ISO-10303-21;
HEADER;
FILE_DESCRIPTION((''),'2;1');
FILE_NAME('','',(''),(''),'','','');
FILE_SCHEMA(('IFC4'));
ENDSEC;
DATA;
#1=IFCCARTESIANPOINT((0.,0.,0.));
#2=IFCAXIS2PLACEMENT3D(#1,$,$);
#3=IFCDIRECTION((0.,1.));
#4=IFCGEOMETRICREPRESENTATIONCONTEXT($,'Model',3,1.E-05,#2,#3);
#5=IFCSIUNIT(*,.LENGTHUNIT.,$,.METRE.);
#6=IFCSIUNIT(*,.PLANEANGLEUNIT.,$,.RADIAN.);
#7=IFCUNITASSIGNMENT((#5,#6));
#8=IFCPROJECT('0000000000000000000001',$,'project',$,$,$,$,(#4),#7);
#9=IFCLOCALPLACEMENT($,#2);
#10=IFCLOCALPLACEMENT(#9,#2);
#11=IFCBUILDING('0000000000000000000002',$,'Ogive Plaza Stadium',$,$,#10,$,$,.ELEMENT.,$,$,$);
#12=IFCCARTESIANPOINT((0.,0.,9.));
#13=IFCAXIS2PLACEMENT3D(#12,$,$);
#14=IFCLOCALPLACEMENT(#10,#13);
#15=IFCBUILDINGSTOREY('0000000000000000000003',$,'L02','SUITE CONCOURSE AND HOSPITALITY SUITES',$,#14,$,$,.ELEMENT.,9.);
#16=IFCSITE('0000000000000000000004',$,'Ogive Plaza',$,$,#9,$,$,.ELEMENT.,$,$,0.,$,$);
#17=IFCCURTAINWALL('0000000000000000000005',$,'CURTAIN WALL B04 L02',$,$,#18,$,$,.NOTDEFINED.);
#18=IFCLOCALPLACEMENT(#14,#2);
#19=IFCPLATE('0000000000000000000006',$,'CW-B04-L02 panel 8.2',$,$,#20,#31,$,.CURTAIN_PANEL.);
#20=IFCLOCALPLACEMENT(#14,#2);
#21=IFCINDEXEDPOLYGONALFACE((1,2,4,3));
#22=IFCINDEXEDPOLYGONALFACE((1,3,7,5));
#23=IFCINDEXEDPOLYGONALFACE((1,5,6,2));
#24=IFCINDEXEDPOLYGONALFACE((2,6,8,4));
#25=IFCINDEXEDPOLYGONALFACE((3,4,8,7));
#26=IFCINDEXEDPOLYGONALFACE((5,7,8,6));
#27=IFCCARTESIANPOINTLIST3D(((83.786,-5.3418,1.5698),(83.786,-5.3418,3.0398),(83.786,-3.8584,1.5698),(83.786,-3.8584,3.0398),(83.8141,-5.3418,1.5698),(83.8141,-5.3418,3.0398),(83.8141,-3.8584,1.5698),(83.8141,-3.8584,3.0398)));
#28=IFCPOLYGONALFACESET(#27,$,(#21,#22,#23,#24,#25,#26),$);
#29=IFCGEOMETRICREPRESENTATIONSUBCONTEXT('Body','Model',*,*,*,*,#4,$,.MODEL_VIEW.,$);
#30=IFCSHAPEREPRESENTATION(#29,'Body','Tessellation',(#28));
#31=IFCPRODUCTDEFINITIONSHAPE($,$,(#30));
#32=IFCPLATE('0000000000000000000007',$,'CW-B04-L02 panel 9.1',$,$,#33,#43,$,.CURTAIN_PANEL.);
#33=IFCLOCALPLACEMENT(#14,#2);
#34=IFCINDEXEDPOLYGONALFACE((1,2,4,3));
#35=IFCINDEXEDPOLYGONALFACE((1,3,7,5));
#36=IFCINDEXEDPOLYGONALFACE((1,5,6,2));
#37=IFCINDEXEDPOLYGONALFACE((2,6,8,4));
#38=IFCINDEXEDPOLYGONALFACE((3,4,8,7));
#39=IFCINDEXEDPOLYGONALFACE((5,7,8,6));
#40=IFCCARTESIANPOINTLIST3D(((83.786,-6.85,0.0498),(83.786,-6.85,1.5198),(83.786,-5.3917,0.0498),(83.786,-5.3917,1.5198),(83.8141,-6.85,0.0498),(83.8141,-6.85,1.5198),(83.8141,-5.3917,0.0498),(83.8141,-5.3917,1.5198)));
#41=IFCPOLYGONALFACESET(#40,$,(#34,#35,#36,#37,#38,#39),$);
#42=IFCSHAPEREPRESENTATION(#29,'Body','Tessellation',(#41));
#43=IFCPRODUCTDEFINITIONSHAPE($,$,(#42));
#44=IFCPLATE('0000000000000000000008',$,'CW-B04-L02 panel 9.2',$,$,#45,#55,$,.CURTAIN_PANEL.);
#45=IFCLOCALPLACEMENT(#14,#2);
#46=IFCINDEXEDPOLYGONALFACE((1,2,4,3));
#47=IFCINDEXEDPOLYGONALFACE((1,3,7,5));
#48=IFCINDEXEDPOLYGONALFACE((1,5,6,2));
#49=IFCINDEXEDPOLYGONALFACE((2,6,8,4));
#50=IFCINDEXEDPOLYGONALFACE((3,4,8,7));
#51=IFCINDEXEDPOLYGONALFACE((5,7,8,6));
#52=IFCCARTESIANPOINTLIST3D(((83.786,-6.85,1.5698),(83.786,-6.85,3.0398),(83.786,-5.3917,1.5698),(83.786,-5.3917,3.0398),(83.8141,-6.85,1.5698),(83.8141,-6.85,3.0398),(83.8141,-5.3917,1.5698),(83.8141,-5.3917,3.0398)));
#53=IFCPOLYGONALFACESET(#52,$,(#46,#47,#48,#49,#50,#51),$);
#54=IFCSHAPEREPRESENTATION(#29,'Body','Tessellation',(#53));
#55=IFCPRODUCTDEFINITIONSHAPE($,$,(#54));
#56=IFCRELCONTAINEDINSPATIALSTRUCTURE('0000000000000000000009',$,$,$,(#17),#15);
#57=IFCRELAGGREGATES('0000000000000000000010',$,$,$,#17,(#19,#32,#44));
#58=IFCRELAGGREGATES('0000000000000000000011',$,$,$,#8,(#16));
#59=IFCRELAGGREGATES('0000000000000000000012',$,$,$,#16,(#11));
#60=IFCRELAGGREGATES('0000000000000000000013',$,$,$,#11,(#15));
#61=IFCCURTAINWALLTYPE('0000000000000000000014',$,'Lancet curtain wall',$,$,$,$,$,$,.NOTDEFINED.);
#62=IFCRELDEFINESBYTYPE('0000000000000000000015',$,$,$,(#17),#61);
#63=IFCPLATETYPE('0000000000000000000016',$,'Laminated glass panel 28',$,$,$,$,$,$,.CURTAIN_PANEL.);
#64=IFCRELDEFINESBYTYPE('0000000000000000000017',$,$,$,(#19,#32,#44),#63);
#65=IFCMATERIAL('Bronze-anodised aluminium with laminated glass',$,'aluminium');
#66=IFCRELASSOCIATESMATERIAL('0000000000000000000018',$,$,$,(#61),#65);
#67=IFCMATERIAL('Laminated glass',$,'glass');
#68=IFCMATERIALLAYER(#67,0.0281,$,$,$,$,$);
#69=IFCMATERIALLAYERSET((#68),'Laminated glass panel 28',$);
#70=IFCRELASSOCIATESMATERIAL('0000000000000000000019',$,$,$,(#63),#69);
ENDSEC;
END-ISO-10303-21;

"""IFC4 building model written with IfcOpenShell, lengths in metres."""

from ifc_helpers import new_model, si_unit, direction, frame, origin, origin_2d, place, context, subcontext, project, spatial, rectangle, extrude, material, layer, layer_set, type_object, element, aggregate, save


model = new_model("IFC4")

# Units and contexts
model_context = context("Model", 3, precision=1e-05, world=origin(), true_north=direction((0.0, 1.0)))
body_context = subcontext(model_context, "Body", "Model", "MODEL_VIEW")
ifc_project = project(units=[si_unit("LENGTHUNIT", "METRE"), si_unit("PLANEANGLEUNIT", "RADIAN")], contexts=[model_context])

# Site, building, storey
site_placement = place(None, origin())
site = spatial("IfcSite", under=ifc_project, at=site_placement, Name="Ogive Plaza", CompositionType="ELEMENT", RefElevation=0.0)
building_placement = place(site_placement, origin())
building = spatial("IfcBuilding", under=site, at=building_placement, Name="Ogive Plaza Stadium", CompositionType="ELEMENT")
storey_placement = place(building_placement, frame((0.0, 0.0, 9.0)))
storey = spatial("IfcBuildingStorey", under=building, at=storey_placement, Name="L02", Description="SUITE CONCOURSE AND HOSPITALITY SUITES", CompositionType="ELEMENT", Elevation=9.0)

# Curtain wall
ifc_material_1 = material(Name="Bronze-anodised aluminium with laminated glass", Category="aluminium")
curtain_wall_type = type_object("IfcCurtainWallType", Name="Lancet curtain wall", PredefinedType="NOTDEFINED", material=ifc_material_1)
curtain_wall_1_placement = place(storey_placement, origin())
curtain_wall_1 = element("IfcCurtainWall", 1, at=curtain_wall_1_placement, inside=storey, type_object=curtain_wall_type, Name="CURTAIN WALL B04 L02", PredefinedType="NOTDEFINED")

# Plates
ifc_material_2 = material(Name="Laminated glass", Category="glass")
ifc_layer = layer(ifc_material_2, 0.0281)
ifc_layer_set = layer_set([ifc_layer], Name="Laminated glass panel 28")
plate_type = type_object("IfcPlateType", Name="Laminated glass panel 28", PredefinedType="CURTAIN_PANEL", material=ifc_layer_set)
plate_1_placement = place(storey_placement, frame((83.8, -4.6001, 1.5698), z_axis=(0.0, 0.0, 1.0), x_axis=(0.0, -1.0, 0.0)))
plate_1 = element("IfcPlate", 2, at=plate_1_placement, type_object=plate_type, Name="CW-B04-L02 panel 8.2", PredefinedType="CURTAIN_PANEL", context=body_context, shape_type="SweptSolid", body=[
    extrude(rectangle(XDim=1.4834, YDim=0.0281, at=origin_2d()), origin(), (0.0, 0.0, 1.0), 1.47),
])
plate_2_placement = place(storey_placement, frame((83.8, -6.1208, 0.0498), z_axis=(0.0, 0.0, 1.0), x_axis=(0.0, -1.0, 0.0)))
plate_2 = element("IfcPlate", 3, at=plate_2_placement, type_object=plate_type, Name="CW-B04-L02 panel 9.1", PredefinedType="CURTAIN_PANEL", context=body_context, shape_type="SweptSolid", body=[
    extrude(rectangle(XDim=1.4583, YDim=0.0281, at=origin_2d()), origin(), (0.0, 0.0, 1.0), 1.47),
])
plate_3_placement = place(storey_placement, frame((83.8, -6.1208, 1.5698), z_axis=(0.0, 0.0, 1.0), x_axis=(0.0, -1.0, 0.0)))
plate_3 = element("IfcPlate", 4, at=plate_3_placement, type_object=plate_type, Name="CW-B04-L02 panel 9.2", PredefinedType="CURTAIN_PANEL", context=body_context, shape_type="SweptSolid", body=[
    extrude(rectangle(XDim=1.4583, YDim=0.0281, at=origin_2d()), origin(), (0.0, 0.0, 1.0), 1.47),
])
aggregate(curtain_wall_1, [plate_1, plate_2, plate_3])

save(model, "model.ifc")
